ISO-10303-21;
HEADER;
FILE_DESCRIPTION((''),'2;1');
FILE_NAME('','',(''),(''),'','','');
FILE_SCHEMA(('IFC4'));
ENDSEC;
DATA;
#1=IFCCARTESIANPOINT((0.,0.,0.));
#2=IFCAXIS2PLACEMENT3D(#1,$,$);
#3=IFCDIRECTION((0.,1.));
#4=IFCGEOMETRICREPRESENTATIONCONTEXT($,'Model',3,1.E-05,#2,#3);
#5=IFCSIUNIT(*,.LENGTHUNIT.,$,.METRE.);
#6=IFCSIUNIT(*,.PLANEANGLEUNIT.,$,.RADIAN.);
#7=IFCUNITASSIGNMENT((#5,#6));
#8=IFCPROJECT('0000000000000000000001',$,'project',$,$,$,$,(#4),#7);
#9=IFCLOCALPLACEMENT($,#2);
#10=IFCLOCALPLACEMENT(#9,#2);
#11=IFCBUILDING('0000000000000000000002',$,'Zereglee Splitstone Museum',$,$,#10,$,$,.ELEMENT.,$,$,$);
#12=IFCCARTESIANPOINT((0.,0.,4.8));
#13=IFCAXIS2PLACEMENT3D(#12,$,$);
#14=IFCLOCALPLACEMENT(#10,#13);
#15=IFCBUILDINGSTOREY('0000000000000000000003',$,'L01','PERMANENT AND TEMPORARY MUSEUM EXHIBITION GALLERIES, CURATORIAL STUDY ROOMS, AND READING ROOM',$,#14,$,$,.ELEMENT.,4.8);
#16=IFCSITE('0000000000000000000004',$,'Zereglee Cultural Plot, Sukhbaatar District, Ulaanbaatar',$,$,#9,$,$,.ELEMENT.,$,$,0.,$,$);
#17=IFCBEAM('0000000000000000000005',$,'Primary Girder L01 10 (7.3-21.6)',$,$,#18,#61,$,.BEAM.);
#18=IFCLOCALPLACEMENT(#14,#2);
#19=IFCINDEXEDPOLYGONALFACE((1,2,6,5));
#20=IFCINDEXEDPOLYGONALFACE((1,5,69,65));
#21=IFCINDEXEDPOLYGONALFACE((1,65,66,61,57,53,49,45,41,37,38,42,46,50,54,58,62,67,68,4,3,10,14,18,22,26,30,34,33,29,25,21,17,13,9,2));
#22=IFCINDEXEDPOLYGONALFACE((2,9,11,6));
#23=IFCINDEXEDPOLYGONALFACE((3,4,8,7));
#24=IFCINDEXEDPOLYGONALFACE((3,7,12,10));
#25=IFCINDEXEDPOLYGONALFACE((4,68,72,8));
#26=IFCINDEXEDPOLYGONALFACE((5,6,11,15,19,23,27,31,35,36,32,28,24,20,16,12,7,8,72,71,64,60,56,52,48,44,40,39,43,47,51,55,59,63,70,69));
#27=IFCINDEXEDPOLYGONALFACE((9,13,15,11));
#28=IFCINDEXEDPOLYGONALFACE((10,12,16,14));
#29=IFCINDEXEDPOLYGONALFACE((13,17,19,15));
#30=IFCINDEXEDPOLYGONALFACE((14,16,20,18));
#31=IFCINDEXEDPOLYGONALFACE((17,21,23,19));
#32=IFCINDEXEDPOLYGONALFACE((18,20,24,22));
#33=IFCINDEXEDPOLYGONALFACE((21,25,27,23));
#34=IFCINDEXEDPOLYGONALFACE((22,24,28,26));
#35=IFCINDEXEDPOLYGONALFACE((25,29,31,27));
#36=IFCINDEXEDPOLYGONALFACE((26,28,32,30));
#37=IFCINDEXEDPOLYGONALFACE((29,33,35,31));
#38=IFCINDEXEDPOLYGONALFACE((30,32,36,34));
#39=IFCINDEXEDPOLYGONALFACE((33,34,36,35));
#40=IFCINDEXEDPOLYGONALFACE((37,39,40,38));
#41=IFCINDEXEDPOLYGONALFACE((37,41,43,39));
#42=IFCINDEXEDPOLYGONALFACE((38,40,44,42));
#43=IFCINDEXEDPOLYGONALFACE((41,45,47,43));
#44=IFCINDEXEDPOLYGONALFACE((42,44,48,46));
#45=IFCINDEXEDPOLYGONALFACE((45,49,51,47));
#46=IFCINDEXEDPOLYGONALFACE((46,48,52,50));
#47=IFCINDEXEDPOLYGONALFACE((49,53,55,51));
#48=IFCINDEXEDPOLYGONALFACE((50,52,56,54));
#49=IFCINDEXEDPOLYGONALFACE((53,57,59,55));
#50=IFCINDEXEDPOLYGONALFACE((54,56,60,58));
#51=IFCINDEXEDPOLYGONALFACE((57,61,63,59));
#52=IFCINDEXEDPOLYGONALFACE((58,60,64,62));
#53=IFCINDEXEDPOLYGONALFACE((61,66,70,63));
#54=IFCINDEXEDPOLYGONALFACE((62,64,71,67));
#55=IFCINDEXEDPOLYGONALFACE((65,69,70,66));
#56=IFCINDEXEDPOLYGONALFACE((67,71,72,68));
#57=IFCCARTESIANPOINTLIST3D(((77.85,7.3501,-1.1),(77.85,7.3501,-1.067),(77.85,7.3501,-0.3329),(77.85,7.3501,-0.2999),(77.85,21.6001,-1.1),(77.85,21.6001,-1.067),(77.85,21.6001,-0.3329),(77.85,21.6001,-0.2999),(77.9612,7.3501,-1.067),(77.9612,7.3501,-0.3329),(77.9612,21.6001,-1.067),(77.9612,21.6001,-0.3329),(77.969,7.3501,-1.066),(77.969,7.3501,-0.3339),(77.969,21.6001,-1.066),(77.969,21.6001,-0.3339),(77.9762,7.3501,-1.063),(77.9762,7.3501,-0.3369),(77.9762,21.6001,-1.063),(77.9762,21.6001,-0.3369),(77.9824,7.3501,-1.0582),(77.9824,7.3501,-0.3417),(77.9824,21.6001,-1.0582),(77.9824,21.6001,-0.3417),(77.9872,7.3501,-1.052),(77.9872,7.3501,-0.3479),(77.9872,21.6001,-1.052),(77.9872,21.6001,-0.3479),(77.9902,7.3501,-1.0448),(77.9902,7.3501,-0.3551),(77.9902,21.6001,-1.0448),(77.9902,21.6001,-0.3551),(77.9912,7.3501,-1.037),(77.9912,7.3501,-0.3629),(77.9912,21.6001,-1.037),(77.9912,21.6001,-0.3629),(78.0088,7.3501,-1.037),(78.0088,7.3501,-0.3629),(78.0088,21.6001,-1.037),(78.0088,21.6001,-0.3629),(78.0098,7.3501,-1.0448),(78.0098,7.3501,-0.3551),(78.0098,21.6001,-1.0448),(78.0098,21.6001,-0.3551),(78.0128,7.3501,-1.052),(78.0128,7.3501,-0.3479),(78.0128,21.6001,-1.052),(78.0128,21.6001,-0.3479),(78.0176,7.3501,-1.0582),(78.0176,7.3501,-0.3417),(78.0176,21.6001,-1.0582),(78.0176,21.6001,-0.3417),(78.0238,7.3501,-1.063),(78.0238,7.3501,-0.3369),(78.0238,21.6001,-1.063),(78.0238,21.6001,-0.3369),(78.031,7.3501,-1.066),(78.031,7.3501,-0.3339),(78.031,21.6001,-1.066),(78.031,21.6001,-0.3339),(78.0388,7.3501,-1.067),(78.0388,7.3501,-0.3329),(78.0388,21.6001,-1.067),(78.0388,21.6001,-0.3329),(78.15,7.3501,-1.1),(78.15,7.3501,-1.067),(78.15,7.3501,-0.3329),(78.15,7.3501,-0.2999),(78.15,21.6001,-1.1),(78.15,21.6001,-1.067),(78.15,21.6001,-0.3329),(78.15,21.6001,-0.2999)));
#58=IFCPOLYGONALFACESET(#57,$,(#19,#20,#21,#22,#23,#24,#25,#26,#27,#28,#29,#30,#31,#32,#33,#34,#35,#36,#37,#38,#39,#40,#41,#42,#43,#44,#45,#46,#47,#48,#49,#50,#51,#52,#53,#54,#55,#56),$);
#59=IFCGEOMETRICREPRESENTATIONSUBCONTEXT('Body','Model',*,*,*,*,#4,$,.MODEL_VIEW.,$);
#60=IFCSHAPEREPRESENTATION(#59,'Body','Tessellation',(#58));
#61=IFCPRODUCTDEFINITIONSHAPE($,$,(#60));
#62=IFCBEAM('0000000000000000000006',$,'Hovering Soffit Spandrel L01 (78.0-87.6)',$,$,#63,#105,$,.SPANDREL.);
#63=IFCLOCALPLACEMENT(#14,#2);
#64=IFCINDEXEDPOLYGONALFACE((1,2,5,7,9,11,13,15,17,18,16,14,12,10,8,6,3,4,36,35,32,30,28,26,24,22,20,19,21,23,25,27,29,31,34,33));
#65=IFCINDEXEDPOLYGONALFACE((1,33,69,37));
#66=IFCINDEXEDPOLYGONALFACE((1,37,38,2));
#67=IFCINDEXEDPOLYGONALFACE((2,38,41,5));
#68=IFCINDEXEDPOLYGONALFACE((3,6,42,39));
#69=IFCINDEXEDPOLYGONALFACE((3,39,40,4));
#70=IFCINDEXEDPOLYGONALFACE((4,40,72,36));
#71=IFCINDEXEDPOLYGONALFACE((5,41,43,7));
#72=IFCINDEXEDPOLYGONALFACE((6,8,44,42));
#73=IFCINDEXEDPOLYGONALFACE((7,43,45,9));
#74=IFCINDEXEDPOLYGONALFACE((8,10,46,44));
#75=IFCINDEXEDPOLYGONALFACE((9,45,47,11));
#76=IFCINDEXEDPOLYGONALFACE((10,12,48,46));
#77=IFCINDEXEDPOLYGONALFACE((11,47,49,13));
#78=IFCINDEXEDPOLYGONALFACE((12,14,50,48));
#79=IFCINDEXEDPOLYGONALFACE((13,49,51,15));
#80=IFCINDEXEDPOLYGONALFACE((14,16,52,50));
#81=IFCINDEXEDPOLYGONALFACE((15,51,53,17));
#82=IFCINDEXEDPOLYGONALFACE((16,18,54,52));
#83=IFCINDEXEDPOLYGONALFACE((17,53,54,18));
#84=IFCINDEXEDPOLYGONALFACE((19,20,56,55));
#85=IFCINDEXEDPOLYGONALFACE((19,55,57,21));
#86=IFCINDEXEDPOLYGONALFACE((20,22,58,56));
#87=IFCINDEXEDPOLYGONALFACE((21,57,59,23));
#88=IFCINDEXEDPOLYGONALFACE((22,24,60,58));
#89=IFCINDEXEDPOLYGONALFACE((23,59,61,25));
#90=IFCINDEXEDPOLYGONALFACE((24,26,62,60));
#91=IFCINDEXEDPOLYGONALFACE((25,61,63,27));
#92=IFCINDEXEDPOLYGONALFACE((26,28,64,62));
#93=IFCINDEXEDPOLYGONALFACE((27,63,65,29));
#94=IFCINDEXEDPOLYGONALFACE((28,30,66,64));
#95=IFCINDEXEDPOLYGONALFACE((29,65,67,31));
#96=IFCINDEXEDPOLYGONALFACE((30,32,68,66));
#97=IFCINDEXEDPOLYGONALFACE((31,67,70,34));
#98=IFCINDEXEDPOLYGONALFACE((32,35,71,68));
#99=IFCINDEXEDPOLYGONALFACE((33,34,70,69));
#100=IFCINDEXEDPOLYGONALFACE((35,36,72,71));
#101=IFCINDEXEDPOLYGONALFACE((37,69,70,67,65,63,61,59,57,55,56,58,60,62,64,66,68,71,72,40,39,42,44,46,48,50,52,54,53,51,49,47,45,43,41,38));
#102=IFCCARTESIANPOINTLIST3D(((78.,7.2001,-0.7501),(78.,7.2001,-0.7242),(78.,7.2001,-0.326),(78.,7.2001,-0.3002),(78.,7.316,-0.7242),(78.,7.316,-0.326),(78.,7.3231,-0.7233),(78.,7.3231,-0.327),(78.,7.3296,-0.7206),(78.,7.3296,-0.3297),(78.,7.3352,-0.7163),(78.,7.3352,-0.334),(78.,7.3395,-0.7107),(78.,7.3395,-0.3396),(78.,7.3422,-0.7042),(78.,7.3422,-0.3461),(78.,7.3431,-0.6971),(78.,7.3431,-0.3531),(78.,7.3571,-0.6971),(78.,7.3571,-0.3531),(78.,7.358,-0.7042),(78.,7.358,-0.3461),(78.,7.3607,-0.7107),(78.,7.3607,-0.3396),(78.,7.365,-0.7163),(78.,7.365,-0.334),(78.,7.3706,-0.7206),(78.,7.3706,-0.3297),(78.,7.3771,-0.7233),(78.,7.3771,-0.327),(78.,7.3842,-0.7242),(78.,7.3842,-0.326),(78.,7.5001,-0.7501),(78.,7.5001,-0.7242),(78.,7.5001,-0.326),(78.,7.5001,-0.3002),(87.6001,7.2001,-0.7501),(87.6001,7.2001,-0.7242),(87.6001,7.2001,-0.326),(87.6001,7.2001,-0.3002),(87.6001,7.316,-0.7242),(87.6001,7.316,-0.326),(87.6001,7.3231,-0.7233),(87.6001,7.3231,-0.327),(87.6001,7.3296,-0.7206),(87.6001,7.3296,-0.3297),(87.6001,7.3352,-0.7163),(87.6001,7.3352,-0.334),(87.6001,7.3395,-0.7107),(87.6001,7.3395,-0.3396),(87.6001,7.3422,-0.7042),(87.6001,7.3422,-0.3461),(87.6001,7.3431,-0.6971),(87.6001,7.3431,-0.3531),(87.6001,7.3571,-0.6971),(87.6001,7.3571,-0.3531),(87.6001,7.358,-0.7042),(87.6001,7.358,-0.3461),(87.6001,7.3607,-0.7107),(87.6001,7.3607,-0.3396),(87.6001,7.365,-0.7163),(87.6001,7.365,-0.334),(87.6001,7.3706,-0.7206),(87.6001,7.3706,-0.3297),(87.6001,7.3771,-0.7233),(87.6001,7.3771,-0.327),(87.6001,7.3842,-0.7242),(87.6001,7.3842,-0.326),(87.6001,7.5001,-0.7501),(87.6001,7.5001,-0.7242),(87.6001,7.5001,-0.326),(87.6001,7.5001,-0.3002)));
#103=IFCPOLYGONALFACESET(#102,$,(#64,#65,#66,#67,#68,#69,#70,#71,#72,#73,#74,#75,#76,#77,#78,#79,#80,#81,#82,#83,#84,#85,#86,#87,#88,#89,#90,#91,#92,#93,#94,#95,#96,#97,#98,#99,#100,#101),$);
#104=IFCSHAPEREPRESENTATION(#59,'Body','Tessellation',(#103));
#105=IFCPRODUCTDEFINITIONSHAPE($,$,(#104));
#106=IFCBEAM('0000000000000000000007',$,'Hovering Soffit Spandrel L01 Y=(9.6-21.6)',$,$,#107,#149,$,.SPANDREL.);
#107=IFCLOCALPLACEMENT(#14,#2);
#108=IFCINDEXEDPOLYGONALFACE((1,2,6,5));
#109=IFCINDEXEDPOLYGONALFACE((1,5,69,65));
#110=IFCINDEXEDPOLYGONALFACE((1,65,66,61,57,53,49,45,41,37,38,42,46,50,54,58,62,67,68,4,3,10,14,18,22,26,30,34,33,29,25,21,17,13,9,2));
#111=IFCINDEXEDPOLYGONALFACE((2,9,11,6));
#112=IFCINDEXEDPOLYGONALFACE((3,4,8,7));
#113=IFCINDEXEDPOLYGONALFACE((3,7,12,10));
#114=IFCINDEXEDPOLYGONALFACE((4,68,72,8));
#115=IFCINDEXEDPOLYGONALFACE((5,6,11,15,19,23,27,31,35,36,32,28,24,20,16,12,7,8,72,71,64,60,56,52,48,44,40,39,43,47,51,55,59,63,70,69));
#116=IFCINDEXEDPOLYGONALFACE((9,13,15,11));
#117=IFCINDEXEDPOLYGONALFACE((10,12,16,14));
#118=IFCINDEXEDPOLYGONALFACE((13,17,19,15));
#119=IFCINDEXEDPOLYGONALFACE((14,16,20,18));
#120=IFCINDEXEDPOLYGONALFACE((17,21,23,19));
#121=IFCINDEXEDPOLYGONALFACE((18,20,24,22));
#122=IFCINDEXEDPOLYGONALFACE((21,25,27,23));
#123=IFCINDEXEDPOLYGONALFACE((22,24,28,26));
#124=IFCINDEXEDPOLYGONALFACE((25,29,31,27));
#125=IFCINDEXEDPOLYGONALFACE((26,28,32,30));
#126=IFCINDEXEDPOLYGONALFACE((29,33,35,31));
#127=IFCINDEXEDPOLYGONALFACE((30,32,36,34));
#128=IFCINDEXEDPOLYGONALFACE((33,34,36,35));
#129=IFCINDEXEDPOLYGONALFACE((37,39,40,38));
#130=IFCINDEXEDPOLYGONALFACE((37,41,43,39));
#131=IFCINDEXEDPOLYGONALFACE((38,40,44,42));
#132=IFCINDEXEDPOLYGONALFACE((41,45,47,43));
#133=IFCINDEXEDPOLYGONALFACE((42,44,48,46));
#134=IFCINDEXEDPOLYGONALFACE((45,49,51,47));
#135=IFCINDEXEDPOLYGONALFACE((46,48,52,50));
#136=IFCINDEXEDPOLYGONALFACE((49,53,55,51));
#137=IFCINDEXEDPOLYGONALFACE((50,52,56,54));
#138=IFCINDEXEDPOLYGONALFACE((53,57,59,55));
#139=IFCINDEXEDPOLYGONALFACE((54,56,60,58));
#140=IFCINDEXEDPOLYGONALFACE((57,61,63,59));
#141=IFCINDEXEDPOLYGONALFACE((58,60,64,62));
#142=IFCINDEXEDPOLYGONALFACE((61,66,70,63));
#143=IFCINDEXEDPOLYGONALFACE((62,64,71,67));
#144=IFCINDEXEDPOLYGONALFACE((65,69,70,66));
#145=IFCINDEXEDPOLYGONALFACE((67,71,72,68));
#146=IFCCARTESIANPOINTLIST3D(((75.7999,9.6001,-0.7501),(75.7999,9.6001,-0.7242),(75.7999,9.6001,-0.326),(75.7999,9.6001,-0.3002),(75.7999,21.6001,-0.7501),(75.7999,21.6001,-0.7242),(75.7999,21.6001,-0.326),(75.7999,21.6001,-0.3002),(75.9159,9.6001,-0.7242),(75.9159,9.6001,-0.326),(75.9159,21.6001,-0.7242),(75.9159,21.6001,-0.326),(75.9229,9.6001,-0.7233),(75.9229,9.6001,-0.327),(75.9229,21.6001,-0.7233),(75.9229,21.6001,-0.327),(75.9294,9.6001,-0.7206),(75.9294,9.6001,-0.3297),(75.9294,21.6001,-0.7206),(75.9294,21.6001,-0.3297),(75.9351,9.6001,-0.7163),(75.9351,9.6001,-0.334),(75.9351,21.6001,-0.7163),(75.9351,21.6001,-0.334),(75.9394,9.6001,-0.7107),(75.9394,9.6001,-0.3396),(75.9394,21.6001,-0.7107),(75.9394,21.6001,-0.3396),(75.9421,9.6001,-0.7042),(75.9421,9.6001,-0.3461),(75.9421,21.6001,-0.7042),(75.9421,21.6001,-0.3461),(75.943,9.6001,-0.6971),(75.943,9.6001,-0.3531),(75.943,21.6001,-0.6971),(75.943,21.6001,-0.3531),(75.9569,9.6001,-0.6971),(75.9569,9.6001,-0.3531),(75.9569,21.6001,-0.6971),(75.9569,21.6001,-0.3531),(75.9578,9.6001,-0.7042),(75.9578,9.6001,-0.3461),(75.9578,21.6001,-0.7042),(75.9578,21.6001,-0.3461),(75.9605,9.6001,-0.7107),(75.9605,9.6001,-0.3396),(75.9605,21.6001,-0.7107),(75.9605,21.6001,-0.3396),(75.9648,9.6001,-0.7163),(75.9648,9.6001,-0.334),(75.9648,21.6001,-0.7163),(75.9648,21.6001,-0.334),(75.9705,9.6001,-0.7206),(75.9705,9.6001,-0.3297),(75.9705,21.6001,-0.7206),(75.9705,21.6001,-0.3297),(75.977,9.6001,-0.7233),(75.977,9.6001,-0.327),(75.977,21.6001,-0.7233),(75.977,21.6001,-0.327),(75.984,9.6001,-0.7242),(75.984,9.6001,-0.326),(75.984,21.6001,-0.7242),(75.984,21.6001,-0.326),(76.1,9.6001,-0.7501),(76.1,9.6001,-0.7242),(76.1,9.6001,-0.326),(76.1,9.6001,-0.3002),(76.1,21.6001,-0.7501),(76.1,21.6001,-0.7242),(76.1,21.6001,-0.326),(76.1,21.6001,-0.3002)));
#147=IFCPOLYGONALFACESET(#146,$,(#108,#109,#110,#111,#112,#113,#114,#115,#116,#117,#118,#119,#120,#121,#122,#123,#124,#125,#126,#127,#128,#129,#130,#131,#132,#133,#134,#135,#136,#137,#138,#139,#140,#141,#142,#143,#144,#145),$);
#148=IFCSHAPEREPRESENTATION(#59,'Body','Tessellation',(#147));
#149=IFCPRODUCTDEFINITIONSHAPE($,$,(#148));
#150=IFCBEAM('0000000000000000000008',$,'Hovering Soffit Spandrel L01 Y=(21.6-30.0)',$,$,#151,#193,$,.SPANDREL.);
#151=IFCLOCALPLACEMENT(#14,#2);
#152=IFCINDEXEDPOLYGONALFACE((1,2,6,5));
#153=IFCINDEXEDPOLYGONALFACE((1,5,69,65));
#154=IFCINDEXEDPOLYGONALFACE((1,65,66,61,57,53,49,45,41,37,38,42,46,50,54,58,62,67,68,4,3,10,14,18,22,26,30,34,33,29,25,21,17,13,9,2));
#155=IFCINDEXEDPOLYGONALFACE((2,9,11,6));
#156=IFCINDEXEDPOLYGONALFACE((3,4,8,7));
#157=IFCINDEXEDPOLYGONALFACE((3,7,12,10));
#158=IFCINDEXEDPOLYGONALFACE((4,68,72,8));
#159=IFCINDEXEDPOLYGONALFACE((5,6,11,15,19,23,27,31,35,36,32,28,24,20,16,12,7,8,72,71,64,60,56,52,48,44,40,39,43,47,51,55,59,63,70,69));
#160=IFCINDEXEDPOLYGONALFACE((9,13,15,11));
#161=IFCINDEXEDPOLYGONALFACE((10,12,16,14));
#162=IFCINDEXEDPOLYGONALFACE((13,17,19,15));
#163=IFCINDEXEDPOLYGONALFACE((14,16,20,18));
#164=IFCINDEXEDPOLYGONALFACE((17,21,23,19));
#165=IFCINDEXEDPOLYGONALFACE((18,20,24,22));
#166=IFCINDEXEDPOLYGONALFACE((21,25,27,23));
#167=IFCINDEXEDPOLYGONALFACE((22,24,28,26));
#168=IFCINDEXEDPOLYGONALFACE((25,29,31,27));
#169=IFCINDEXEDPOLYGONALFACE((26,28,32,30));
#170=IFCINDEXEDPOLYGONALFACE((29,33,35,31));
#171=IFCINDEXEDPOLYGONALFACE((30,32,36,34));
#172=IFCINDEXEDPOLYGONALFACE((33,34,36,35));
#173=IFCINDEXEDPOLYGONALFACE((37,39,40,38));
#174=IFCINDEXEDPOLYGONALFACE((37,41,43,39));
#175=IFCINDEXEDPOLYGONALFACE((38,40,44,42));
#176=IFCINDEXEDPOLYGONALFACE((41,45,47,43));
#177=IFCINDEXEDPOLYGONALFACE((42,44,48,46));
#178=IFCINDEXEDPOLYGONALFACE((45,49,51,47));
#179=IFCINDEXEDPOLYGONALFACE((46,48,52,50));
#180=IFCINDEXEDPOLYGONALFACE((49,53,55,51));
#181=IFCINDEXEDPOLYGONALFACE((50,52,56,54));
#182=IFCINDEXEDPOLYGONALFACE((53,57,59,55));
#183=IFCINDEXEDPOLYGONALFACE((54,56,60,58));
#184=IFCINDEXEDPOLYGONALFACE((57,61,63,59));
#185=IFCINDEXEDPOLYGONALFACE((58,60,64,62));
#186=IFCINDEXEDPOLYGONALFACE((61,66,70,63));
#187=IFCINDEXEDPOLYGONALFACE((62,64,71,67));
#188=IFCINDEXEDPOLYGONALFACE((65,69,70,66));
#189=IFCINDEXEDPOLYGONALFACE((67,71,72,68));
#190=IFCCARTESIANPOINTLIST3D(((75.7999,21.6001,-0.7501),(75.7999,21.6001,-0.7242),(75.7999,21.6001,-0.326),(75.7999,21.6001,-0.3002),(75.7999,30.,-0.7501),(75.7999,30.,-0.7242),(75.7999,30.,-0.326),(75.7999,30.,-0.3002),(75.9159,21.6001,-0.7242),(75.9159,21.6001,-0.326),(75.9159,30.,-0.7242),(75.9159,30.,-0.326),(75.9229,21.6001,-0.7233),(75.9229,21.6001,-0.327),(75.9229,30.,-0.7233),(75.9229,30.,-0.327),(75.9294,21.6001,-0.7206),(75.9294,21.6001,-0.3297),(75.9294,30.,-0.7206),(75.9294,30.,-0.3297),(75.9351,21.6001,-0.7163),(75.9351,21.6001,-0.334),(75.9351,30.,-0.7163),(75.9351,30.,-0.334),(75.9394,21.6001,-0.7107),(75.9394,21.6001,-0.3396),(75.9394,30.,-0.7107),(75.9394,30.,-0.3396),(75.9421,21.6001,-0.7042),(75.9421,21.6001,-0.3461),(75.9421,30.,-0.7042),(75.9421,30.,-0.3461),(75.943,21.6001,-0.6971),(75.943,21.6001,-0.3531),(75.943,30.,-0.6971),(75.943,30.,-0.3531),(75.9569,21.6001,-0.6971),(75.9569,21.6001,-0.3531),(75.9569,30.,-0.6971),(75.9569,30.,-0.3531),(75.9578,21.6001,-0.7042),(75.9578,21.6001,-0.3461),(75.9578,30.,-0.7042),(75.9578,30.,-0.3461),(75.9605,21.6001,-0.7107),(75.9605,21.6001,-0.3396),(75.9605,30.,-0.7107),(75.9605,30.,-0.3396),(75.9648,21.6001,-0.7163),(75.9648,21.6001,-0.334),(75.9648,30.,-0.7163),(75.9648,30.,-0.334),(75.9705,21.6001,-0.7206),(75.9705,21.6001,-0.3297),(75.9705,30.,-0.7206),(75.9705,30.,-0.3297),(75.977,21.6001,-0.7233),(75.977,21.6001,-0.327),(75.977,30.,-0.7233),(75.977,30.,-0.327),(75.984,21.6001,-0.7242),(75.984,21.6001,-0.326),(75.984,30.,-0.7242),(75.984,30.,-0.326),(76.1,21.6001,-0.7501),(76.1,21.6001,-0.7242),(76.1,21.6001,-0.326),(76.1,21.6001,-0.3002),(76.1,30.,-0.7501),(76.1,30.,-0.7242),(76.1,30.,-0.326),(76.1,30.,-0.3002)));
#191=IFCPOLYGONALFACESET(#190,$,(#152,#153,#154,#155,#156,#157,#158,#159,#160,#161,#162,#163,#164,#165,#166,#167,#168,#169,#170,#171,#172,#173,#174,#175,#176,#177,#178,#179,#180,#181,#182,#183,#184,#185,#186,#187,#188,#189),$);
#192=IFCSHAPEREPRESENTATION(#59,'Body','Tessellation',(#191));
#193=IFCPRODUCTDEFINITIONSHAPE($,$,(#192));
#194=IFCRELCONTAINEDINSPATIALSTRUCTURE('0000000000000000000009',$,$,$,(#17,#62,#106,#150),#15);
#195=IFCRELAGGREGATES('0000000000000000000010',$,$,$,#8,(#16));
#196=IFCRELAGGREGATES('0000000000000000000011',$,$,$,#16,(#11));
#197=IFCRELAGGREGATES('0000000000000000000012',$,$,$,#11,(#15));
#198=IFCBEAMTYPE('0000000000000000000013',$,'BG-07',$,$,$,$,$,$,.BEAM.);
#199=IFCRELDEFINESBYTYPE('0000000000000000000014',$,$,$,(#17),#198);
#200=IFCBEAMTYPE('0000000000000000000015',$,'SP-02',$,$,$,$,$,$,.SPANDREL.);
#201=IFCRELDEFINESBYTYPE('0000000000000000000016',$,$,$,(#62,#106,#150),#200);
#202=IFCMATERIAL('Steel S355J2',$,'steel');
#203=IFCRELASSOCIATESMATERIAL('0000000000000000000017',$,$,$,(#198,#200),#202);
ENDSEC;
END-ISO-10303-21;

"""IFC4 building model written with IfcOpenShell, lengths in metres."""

from ifc_helpers import new_model, si_unit, direction, frame, origin, origin_2d, place, context, subcontext, project, spatial, i_section, extrude, material, material_profile, profile_set, type_object, element, save


model = new_model("IFC4")

# Units and contexts
model_context = context("Model", 3, precision=1e-05, world=origin(), true_north=direction((0.0, 1.0)))
body_context = subcontext(model_context, "Body", "Model", "MODEL_VIEW")
ifc_project = project(units=[si_unit("LENGTHUNIT", "METRE"), si_unit("PLANEANGLEUNIT", "RADIAN")], contexts=[model_context])

# Site, building, storey
site_placement = place(None, origin())
site = spatial("IfcSite", under=ifc_project, at=site_placement, Name="Zereglee Cultural Plot, Sukhbaatar District, Ulaanbaatar", CompositionType="ELEMENT", RefElevation=0.0)
building_placement = place(site_placement, origin())
building = spatial("IfcBuilding", under=site, at=building_placement, Name="Zereglee Splitstone Museum", CompositionType="ELEMENT")
storey_placement = place(building_placement, frame((0.0, 0.0, 4.8)))
storey = spatial("IfcBuildingStorey", under=building, at=storey_placement, Name="L01", Description="PERMANENT AND TEMPORARY MUSEUM EXHIBITION GALLERIES, CURATORIAL STUDY ROOMS, AND READING ROOM", CompositionType="ELEMENT", Elevation=4.8)

# Shared definitions
ifc_material_1 = material(Name="Steel S355J2", Category="steel")

# Beams
ifc_material_profile_1 = material_profile(ifc_material_1, i_section(OverallWidth=0.3, OverallDepth=0.8, WebThickness=0.0176, FlangeThickness=0.033, FilletRadius=0.03, at=origin_2d()), Name="HE 800 B")
ifc_profile_set_1 = profile_set([ifc_material_profile_1], Name="Steel S355J2")
beam_type_1 = type_object("IfcBeamType", Name="BG-07", PredefinedType="BEAM", material=ifc_profile_set_1)
beam_1_placement = place(storey_placement, frame((78.0, 7.3501, -0.7), z_axis=(0.0, 1.0, 0.0), x_axis=(-1.0, 0.0, 0.0)))
element("IfcBeam", 1, at=beam_1_placement, inside=storey, type_object=beam_type_1, Name="Primary Girder L01 10 (7.3-21.6)", PredefinedType="BEAM", context=body_context, shape_type="SweptSolid", body=[
    extrude(i_section(OverallWidth=0.3, OverallDepth=0.8, WebThickness=0.0176, FlangeThickness=0.033, FilletRadius=0.03, at=origin_2d()), origin(), (0.0, 0.0, 1.0), 14.25),
])
ifc_material_profile_2 = material_profile(ifc_material_1, i_section(OverallWidth=0.3, OverallDepth=0.45, WebThickness=0.0139, FlangeThickness=0.0259, FilletRadius=0.0271, at=origin_2d()), Name="HE 450 B")
ifc_profile_set_2 = profile_set([ifc_material_profile_2], Name="Steel S355J2")
beam_type_2 = type_object("IfcBeamType", Name="SP-02", PredefinedType="SPANDREL", material=ifc_profile_set_2)
beam_2_placement = place(storey_placement, frame((78.0, 7.3501, -0.5251), z_axis=(1.0, 0.0, 0.0), x_axis=(0.0, 1.0, 0.0)))
element("IfcBeam", 2, at=beam_2_placement, inside=storey, type_object=beam_type_2, Name="Hovering Soffit Spandrel L01 (78.0-87.6)", PredefinedType="SPANDREL", context=body_context, shape_type="SweptSolid", body=[
    extrude(i_section(OverallWidth=0.3, OverallDepth=0.45, WebThickness=0.0139, FlangeThickness=0.0259, FilletRadius=0.0271, at=origin_2d()), origin(), (0.0, 0.0, 1.0), 9.6001),
])
beam_3_placement = place(storey_placement, frame((75.95, 9.6001, -0.5251), z_axis=(0.0, 1.0, 0.0), x_axis=(-1.0, 0.0, 0.0)))
element("IfcBeam", 3, at=beam_3_placement, inside=storey, type_object=beam_type_2, Name="Hovering Soffit Spandrel L01 Y=(9.6-21.6)", PredefinedType="SPANDREL", context=body_context, shape_type="SweptSolid", body=[
    extrude(i_section(OverallWidth=0.3, OverallDepth=0.45, WebThickness=0.0139, FlangeThickness=0.0259, FilletRadius=0.0271, at=origin_2d()), origin(), (0.0, 0.0, 1.0), 12.0),
])
beam_4_placement = place(storey_placement, frame((75.95, 21.6001, -0.5251), z_axis=(0.0, 1.0, 0.0), x_axis=(-1.0, 0.0, 0.0)))
element("IfcBeam", 4, at=beam_4_placement, inside=storey, type_object=beam_type_2, Name="Hovering Soffit Spandrel L01 Y=(21.6-30.0)", PredefinedType="SPANDREL", context=body_context, shape_type="SweptSolid", body=[
    extrude(i_section(OverallWidth=0.3, OverallDepth=0.45, WebThickness=0.0139, FlangeThickness=0.0259, FilletRadius=0.0271, at=origin_2d()), origin(), (0.0, 0.0, 1.0), 8.3999),
])

save(model, "model.ifc")
